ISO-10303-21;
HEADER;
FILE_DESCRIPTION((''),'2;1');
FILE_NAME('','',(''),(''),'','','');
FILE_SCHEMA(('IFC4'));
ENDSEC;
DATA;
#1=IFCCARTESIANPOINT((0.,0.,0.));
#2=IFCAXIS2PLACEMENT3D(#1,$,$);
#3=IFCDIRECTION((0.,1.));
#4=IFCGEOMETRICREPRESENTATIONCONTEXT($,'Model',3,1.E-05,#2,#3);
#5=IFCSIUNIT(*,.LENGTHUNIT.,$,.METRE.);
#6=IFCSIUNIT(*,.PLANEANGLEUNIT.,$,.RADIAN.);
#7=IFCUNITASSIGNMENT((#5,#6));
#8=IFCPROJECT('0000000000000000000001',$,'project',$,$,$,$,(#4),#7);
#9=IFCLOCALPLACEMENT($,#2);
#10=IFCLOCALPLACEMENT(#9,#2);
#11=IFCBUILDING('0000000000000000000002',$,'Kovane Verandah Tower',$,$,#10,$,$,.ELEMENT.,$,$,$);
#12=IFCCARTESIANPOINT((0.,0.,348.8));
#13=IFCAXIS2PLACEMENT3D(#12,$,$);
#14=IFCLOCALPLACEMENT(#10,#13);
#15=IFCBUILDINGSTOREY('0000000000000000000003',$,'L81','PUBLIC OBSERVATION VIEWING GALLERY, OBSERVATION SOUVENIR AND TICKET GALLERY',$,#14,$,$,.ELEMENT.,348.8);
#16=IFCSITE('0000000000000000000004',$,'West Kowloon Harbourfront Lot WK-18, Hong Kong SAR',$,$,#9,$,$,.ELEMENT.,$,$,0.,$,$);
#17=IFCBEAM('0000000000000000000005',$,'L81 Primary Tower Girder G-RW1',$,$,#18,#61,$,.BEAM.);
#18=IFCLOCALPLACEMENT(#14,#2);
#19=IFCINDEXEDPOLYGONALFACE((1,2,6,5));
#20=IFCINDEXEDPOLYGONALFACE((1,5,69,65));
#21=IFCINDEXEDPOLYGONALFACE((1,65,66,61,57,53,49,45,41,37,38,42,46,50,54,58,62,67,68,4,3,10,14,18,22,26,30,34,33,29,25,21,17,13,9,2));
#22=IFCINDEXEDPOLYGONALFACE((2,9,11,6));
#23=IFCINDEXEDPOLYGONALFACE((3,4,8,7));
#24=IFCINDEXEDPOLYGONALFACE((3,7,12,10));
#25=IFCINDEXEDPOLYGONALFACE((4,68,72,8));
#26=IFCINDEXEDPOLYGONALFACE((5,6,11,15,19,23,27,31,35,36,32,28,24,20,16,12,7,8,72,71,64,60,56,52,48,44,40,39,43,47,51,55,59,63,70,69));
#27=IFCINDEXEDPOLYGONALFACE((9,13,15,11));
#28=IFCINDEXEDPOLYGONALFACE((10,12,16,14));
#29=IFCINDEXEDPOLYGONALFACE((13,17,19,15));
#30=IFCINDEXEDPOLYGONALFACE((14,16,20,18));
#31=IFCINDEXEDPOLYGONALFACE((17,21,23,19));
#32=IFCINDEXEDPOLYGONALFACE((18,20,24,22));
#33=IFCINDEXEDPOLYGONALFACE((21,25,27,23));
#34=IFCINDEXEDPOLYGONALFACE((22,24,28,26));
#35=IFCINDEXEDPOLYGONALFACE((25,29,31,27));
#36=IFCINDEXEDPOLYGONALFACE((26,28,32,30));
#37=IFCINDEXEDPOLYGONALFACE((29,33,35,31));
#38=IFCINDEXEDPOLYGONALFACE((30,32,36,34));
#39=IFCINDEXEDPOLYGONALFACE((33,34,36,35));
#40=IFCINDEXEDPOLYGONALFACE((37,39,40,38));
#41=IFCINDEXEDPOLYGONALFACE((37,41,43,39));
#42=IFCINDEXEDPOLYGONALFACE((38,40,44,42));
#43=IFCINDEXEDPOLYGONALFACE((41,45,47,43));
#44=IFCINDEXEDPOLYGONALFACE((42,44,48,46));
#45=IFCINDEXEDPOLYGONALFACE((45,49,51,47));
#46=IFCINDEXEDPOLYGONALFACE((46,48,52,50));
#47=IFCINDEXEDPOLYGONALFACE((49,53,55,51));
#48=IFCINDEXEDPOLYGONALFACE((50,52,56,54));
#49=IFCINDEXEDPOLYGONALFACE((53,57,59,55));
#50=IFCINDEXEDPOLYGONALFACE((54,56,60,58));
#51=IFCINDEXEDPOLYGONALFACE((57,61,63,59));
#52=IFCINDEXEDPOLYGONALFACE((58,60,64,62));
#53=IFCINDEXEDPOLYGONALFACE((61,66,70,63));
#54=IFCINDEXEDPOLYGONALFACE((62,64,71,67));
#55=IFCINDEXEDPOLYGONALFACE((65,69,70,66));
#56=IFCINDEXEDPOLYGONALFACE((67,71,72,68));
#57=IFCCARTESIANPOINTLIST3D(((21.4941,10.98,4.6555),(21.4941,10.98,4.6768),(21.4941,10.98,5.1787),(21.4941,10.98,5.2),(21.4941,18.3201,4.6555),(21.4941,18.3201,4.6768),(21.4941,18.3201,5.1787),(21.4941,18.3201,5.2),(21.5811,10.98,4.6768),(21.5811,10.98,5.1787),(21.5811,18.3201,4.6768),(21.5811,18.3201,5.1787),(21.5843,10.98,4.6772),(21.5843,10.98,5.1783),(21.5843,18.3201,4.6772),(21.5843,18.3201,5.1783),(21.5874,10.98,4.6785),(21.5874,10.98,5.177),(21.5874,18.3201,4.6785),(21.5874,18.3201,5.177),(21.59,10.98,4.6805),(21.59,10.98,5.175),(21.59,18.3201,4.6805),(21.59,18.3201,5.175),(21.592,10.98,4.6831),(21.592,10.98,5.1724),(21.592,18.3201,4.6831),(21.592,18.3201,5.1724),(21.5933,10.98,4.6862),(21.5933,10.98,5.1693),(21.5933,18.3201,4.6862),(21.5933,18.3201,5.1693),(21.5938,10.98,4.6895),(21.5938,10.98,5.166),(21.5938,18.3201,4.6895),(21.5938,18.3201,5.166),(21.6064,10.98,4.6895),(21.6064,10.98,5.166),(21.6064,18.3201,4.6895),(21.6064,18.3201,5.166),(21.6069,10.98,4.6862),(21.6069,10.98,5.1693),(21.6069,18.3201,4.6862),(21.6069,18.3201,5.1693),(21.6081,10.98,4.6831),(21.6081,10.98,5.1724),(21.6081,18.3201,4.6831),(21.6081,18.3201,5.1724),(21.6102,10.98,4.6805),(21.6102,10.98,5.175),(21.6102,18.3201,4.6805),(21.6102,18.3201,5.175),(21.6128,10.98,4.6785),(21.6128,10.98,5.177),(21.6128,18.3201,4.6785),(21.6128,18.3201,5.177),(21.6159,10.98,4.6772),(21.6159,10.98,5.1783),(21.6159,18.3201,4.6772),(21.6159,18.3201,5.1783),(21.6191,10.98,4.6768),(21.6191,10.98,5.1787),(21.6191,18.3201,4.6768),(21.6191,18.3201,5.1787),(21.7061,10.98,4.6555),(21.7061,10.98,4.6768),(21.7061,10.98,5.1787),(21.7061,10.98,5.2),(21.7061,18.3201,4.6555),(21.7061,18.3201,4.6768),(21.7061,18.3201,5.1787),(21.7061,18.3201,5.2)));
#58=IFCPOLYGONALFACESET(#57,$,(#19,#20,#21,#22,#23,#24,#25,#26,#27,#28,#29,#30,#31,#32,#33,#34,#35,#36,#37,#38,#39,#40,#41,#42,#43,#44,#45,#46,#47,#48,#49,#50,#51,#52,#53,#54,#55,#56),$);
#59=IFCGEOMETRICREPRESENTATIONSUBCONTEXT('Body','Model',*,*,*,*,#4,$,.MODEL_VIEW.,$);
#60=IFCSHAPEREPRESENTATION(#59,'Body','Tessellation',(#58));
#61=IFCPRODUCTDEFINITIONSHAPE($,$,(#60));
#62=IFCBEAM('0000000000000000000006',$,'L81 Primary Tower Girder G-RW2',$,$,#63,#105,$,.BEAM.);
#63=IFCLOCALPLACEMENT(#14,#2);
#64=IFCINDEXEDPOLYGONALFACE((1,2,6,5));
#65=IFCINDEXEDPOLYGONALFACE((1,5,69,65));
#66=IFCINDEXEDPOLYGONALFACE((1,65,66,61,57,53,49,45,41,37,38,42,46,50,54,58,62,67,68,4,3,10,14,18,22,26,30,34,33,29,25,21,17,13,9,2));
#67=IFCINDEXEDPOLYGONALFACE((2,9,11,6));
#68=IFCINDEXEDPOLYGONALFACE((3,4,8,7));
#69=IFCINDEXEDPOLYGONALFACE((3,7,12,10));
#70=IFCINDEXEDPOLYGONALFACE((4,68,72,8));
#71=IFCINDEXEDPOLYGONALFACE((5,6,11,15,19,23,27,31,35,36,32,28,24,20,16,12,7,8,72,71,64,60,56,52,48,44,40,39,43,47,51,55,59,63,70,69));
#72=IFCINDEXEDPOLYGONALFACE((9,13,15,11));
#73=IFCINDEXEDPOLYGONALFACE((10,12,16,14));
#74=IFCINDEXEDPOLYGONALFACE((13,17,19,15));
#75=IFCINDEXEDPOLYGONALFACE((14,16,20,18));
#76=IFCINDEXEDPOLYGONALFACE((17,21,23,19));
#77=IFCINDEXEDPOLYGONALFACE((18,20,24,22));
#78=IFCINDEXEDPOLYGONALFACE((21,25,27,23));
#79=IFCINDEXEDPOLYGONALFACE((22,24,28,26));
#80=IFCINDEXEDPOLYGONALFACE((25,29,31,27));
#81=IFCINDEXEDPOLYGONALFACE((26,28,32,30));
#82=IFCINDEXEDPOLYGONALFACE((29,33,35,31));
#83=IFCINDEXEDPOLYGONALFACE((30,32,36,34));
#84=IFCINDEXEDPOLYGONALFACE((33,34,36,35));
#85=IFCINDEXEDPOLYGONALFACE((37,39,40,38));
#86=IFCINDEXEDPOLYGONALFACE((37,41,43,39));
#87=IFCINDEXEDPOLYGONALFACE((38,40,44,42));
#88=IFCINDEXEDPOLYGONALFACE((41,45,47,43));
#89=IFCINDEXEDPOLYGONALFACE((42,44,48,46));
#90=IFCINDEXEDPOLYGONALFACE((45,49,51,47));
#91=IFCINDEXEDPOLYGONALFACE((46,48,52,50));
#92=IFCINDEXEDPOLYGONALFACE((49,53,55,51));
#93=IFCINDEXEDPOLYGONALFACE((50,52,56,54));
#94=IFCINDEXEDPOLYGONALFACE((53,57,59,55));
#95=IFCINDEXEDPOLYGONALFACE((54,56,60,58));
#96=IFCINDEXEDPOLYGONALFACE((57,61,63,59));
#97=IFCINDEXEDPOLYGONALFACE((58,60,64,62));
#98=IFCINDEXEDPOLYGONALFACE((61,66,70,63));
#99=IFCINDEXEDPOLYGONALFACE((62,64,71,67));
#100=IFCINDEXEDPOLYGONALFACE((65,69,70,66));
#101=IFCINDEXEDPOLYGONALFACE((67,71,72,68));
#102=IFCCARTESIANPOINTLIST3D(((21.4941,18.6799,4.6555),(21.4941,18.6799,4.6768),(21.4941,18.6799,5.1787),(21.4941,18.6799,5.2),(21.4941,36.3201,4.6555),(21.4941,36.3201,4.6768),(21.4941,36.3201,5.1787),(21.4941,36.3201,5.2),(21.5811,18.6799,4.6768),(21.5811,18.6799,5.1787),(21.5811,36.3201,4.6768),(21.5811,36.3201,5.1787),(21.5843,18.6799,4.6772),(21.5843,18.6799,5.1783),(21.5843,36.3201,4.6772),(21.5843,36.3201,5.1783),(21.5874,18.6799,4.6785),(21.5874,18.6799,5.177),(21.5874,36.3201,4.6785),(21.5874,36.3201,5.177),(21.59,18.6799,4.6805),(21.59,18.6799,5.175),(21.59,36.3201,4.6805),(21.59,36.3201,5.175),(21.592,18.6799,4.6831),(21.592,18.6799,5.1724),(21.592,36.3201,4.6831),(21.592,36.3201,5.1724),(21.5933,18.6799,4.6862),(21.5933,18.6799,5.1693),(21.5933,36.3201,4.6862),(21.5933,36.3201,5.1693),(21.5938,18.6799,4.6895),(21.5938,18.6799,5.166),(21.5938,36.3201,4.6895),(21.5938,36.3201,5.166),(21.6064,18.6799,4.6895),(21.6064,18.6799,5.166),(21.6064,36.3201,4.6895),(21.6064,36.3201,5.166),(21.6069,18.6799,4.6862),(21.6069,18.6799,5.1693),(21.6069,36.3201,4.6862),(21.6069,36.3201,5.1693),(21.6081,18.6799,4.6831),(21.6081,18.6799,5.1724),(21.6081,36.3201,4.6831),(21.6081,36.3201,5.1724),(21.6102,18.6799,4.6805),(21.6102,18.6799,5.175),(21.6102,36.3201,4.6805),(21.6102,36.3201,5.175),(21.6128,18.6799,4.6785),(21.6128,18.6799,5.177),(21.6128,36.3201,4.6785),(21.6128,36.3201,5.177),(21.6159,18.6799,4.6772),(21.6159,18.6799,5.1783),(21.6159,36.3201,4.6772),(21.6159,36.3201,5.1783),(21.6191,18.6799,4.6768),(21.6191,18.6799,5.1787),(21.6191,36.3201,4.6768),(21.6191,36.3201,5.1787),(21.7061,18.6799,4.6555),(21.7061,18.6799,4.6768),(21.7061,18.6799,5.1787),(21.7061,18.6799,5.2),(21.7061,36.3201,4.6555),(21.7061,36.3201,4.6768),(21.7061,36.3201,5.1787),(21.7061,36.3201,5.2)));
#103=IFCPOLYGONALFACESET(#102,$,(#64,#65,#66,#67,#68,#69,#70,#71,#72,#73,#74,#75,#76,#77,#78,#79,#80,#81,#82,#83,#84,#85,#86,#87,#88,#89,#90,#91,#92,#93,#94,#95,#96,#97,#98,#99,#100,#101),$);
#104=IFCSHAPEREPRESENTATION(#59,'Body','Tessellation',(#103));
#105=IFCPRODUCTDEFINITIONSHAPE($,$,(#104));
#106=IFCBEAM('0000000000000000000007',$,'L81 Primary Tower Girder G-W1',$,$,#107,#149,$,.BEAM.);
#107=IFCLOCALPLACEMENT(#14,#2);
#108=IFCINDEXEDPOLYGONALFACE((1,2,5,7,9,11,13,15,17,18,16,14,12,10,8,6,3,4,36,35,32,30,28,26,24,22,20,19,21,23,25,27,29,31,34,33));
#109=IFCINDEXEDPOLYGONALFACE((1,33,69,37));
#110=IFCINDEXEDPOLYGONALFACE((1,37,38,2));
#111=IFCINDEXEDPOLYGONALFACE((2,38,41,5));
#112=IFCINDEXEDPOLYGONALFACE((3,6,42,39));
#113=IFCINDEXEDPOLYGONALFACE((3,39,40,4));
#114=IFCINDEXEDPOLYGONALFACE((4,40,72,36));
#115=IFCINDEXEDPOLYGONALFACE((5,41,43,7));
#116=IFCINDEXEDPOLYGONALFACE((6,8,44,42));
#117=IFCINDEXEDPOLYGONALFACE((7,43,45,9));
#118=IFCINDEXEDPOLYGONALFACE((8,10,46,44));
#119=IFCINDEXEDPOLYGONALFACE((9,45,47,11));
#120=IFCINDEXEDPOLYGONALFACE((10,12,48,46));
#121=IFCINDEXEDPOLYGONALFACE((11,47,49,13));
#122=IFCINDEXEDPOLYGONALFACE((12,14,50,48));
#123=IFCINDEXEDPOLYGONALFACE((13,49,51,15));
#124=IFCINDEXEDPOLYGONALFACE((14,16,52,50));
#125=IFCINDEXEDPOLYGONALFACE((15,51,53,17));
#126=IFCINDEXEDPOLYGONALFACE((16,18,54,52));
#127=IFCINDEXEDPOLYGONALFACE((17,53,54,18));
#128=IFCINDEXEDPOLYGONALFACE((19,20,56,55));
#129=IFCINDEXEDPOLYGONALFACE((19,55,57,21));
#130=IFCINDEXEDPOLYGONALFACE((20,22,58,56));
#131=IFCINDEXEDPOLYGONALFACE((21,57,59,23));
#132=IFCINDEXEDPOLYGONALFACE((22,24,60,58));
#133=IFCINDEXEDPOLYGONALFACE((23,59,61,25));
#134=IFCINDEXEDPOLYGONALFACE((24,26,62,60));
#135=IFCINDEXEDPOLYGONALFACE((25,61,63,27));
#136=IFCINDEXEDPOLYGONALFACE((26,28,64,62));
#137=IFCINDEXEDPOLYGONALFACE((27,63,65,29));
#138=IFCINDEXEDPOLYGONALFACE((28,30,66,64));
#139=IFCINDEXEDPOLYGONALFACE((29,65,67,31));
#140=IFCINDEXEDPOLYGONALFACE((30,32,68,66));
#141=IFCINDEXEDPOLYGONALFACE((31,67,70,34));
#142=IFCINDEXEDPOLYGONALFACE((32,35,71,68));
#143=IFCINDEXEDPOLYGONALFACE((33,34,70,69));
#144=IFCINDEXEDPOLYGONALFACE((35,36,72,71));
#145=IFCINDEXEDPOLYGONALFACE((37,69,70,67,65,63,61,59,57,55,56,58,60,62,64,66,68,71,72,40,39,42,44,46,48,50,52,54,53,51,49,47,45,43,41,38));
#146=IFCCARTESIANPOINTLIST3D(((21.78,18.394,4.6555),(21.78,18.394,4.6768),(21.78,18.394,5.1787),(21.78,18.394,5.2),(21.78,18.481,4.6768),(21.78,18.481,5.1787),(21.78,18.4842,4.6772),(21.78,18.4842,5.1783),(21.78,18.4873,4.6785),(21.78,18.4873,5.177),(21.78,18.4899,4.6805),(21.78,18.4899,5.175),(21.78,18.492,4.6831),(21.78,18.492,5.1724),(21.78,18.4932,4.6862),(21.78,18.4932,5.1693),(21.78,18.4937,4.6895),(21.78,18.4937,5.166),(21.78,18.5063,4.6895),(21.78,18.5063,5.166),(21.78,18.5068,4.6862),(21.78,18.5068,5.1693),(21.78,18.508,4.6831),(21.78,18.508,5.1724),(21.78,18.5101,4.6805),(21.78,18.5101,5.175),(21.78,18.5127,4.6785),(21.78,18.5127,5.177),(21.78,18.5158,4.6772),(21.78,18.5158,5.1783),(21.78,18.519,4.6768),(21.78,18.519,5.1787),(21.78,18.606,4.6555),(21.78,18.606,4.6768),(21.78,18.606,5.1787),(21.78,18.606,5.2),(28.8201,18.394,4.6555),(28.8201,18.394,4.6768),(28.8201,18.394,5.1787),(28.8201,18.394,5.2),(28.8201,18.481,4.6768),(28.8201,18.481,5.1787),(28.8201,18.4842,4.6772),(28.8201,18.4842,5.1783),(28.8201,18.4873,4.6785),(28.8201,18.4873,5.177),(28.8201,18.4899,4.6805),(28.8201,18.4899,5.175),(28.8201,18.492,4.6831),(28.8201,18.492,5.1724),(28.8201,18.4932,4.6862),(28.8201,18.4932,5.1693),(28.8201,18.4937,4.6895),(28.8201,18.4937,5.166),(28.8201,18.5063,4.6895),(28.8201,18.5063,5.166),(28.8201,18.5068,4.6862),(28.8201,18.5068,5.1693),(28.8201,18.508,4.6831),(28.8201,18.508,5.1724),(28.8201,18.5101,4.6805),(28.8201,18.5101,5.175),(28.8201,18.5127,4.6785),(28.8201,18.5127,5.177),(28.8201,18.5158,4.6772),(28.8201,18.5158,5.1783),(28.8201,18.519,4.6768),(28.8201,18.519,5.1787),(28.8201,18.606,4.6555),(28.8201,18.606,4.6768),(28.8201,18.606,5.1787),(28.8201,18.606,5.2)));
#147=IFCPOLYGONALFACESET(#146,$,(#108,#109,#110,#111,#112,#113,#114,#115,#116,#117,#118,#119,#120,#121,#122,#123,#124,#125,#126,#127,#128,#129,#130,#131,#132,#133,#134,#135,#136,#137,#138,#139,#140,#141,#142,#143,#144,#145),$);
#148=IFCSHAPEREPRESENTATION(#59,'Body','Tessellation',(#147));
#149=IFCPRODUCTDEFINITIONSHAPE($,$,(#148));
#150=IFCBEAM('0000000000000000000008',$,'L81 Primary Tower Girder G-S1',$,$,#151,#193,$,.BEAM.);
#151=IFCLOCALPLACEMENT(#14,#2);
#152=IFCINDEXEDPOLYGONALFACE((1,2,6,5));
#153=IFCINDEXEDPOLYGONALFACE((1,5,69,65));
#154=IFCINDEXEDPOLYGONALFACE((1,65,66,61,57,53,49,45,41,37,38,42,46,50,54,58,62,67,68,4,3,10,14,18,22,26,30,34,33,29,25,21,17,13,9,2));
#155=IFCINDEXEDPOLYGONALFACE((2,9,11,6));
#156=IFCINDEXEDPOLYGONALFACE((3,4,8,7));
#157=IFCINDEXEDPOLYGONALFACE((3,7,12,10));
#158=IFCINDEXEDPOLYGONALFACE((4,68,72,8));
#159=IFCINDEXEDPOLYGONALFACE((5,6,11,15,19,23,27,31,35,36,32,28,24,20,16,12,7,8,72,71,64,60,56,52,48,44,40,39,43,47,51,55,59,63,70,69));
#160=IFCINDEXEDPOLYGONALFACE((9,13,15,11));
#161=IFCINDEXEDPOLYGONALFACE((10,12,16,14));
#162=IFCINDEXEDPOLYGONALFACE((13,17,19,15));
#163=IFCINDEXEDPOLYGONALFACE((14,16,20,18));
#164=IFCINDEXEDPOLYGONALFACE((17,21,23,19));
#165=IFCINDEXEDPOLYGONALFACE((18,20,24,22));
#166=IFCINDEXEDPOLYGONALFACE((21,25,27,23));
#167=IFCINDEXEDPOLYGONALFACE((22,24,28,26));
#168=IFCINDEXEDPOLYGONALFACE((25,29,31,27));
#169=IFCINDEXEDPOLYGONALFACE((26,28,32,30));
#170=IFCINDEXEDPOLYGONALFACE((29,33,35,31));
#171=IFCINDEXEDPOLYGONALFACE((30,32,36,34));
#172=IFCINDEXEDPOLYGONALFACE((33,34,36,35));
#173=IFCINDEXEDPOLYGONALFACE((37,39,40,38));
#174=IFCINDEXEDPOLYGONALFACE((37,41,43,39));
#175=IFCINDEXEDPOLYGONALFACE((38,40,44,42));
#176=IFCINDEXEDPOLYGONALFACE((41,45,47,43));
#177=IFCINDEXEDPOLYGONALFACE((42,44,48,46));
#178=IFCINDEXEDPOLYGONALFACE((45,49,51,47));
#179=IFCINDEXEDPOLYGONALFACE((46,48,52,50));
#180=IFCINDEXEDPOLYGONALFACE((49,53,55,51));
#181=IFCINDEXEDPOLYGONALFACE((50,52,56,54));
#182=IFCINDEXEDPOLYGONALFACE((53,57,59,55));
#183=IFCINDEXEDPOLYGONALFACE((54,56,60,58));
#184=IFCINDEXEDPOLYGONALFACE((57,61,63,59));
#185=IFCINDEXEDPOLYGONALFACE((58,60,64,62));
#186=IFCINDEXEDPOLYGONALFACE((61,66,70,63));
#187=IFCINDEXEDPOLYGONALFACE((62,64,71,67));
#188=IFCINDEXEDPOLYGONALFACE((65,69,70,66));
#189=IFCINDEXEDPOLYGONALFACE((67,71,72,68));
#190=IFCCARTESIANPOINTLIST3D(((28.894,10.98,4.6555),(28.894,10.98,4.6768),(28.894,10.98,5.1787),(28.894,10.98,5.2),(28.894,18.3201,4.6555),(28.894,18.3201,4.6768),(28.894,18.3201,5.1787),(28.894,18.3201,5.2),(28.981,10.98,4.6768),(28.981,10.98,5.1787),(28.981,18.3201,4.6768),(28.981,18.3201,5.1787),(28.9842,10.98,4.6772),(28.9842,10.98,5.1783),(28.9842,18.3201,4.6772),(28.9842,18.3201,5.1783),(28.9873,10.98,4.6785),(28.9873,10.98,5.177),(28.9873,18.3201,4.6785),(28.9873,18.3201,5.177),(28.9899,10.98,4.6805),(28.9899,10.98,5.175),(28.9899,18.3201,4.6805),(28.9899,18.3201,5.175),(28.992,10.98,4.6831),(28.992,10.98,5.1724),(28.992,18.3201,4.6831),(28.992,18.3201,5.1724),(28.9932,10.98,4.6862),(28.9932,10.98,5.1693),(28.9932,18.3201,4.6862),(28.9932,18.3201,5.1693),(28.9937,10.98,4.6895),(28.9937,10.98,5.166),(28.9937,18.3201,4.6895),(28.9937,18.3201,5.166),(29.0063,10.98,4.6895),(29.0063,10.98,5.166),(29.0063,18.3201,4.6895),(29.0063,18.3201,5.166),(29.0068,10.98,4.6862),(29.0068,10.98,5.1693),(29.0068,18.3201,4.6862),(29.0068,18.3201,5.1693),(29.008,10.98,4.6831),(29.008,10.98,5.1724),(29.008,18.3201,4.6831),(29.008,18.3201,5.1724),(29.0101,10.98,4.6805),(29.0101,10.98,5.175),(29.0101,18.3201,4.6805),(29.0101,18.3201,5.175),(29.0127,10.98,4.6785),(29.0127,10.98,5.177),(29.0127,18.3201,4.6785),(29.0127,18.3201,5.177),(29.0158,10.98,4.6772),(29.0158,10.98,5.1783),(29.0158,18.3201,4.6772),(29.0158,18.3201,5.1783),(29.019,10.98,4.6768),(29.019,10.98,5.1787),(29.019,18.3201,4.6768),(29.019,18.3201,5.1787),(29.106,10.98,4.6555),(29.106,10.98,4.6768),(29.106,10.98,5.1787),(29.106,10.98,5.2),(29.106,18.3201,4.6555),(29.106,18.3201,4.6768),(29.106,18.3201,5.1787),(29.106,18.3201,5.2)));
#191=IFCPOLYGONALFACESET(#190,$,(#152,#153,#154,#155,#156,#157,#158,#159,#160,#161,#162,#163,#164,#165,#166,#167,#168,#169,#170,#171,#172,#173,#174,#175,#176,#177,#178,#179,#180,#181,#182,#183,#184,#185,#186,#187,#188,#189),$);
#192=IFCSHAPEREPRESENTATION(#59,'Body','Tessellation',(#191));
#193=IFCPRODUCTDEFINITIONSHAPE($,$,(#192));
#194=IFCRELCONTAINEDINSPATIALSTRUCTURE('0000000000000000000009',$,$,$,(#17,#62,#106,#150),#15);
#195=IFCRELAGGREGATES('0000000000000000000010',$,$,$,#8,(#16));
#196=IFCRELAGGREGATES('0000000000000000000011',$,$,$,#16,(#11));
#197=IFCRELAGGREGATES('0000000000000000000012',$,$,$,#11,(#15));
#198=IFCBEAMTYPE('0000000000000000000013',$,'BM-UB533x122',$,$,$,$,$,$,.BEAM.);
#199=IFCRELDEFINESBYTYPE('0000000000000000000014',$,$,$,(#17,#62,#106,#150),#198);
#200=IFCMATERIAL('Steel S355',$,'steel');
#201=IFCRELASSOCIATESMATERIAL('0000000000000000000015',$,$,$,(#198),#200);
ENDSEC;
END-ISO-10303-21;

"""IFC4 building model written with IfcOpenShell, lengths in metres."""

from ifc_helpers import new_model, si_unit, direction, frame, origin, origin_2d, place, context, subcontext, project, spatial, i_section, extrude, material, material_profile, profile_set, type_object, element, save


model = new_model("IFC4")

# Units and contexts
model_context = context("Model", 3, precision=1e-05, world=origin(), true_north=direction((0.0, 1.0)))
body_context = subcontext(model_context, "Body", "Model", "MODEL_VIEW")
ifc_project = project(units=[si_unit("LENGTHUNIT", "METRE"), si_unit("PLANEANGLEUNIT", "RADIAN")], contexts=[model_context])

# Site, building, storey
site_placement = place(None, origin())
site = spatial("IfcSite", under=ifc_project, at=site_placement, Name="West Kowloon Harbourfront Lot WK-18, Hong Kong SAR", CompositionType="ELEMENT", RefElevation=0.0)
building_placement = place(site_placement, origin())
building = spatial("IfcBuilding", under=site, at=building_placement, Name="Kovane Verandah Tower", CompositionType="ELEMENT")
storey_placement = place(building_placement, frame((0.0, 0.0, 348.8)))
storey = spatial("IfcBuildingStorey", under=building, at=storey_placement, Name="L81", Description="PUBLIC OBSERVATION VIEWING GALLERY, OBSERVATION SOUVENIR AND TICKET GALLERY", CompositionType="ELEMENT", Elevation=348.8)

# Beams
ifc_material_1 = material(Name="Steel S355", Category="steel")
ifc_material_profile_1 = material_profile(ifc_material_1, i_section(OverallWidth=0.2119, OverallDepth=0.5444, WebThickness=0.0127, FlangeThickness=0.0212, FilletRadius=0.0127, at=origin_2d()), Name="UB533x210x122")
ifc_profile_set_1 = profile_set([ifc_material_profile_1], Name="Steel S355")
beam_type_1 = type_object("IfcBeamType", Name="BM-UB533x122", PredefinedType="BEAM", material=ifc_profile_set_1)
beam_1_placement = place(storey_placement, frame((21.6001, 10.98, 4.9277), z_axis=(0.0, 1.0, 0.0), x_axis=(-1.0, 0.0, 0.0)))
element("IfcBeam", 1, at=beam_1_placement, inside=storey, type_object=beam_type_1, Name="L81 Primary Tower Girder G-RW1", PredefinedType="BEAM", context=body_context, shape_type="SweptSolid", body=[
    extrude(i_section(OverallWidth=0.2119, OverallDepth=0.5444, WebThickness=0.0127, FlangeThickness=0.0212, FilletRadius=0.0127, at=origin_2d()), origin(), (0.0, 0.0, 1.0), 7.3401),
])
beam_2_placement = place(storey_placement, frame((21.6001, 18.6799, 4.9277), z_axis=(0.0, 1.0, 0.0), x_axis=(-1.0, 0.0, 0.0)))
element("IfcBeam", 2, at=beam_2_placement, inside=storey, type_object=beam_type_1, Name="L81 Primary Tower Girder G-RW2", PredefinedType="BEAM", context=body_context, shape_type="SweptSolid", body=[
    extrude(i_section(OverallWidth=0.2119, OverallDepth=0.5444, WebThickness=0.0127, FlangeThickness=0.0212, FilletRadius=0.0127, at=origin_2d()), origin(), (0.0, 0.0, 1.0), 17.6401),
])
beam_3_placement = place(storey_placement, frame((28.8201, 18.5, 4.9277), z_axis=(-1.0, 0.0, 0.0), x_axis=(0.0, -1.0, 0.0)))
element("IfcBeam", 3, at=beam_3_placement, inside=storey, type_object=beam_type_1, Name="L81 Primary Tower Girder G-W1", PredefinedType="BEAM", context=body_context, shape_type="SweptSolid", body=[
    extrude(i_section(OverallWidth=0.2119, OverallDepth=0.5444, WebThickness=0.0127, FlangeThickness=0.0212, FilletRadius=0.0127, at=origin_2d()), origin(), (0.0, 0.0, 1.0), 7.04),
])
beam_4_placement = place(storey_placement, frame((29.0, 18.3201, 4.9277), z_axis=(0.0, -1.0, 0.0), x_axis=(1.0, 0.0, 0.0)))
element("IfcBeam", 4, at=beam_4_placement, inside=storey, type_object=beam_type_1, Name="L81 Primary Tower Girder G-S1", PredefinedType="BEAM", context=body_context, shape_type="SweptSolid", body=[
    extrude(i_section(OverallWidth=0.2119, OverallDepth=0.5444, WebThickness=0.0127, FlangeThickness=0.0212, FilletRadius=0.0127, at=origin_2d()), origin(), (0.0, 0.0, 1.0), 7.3401),
])

save(model, "model.ifc")
